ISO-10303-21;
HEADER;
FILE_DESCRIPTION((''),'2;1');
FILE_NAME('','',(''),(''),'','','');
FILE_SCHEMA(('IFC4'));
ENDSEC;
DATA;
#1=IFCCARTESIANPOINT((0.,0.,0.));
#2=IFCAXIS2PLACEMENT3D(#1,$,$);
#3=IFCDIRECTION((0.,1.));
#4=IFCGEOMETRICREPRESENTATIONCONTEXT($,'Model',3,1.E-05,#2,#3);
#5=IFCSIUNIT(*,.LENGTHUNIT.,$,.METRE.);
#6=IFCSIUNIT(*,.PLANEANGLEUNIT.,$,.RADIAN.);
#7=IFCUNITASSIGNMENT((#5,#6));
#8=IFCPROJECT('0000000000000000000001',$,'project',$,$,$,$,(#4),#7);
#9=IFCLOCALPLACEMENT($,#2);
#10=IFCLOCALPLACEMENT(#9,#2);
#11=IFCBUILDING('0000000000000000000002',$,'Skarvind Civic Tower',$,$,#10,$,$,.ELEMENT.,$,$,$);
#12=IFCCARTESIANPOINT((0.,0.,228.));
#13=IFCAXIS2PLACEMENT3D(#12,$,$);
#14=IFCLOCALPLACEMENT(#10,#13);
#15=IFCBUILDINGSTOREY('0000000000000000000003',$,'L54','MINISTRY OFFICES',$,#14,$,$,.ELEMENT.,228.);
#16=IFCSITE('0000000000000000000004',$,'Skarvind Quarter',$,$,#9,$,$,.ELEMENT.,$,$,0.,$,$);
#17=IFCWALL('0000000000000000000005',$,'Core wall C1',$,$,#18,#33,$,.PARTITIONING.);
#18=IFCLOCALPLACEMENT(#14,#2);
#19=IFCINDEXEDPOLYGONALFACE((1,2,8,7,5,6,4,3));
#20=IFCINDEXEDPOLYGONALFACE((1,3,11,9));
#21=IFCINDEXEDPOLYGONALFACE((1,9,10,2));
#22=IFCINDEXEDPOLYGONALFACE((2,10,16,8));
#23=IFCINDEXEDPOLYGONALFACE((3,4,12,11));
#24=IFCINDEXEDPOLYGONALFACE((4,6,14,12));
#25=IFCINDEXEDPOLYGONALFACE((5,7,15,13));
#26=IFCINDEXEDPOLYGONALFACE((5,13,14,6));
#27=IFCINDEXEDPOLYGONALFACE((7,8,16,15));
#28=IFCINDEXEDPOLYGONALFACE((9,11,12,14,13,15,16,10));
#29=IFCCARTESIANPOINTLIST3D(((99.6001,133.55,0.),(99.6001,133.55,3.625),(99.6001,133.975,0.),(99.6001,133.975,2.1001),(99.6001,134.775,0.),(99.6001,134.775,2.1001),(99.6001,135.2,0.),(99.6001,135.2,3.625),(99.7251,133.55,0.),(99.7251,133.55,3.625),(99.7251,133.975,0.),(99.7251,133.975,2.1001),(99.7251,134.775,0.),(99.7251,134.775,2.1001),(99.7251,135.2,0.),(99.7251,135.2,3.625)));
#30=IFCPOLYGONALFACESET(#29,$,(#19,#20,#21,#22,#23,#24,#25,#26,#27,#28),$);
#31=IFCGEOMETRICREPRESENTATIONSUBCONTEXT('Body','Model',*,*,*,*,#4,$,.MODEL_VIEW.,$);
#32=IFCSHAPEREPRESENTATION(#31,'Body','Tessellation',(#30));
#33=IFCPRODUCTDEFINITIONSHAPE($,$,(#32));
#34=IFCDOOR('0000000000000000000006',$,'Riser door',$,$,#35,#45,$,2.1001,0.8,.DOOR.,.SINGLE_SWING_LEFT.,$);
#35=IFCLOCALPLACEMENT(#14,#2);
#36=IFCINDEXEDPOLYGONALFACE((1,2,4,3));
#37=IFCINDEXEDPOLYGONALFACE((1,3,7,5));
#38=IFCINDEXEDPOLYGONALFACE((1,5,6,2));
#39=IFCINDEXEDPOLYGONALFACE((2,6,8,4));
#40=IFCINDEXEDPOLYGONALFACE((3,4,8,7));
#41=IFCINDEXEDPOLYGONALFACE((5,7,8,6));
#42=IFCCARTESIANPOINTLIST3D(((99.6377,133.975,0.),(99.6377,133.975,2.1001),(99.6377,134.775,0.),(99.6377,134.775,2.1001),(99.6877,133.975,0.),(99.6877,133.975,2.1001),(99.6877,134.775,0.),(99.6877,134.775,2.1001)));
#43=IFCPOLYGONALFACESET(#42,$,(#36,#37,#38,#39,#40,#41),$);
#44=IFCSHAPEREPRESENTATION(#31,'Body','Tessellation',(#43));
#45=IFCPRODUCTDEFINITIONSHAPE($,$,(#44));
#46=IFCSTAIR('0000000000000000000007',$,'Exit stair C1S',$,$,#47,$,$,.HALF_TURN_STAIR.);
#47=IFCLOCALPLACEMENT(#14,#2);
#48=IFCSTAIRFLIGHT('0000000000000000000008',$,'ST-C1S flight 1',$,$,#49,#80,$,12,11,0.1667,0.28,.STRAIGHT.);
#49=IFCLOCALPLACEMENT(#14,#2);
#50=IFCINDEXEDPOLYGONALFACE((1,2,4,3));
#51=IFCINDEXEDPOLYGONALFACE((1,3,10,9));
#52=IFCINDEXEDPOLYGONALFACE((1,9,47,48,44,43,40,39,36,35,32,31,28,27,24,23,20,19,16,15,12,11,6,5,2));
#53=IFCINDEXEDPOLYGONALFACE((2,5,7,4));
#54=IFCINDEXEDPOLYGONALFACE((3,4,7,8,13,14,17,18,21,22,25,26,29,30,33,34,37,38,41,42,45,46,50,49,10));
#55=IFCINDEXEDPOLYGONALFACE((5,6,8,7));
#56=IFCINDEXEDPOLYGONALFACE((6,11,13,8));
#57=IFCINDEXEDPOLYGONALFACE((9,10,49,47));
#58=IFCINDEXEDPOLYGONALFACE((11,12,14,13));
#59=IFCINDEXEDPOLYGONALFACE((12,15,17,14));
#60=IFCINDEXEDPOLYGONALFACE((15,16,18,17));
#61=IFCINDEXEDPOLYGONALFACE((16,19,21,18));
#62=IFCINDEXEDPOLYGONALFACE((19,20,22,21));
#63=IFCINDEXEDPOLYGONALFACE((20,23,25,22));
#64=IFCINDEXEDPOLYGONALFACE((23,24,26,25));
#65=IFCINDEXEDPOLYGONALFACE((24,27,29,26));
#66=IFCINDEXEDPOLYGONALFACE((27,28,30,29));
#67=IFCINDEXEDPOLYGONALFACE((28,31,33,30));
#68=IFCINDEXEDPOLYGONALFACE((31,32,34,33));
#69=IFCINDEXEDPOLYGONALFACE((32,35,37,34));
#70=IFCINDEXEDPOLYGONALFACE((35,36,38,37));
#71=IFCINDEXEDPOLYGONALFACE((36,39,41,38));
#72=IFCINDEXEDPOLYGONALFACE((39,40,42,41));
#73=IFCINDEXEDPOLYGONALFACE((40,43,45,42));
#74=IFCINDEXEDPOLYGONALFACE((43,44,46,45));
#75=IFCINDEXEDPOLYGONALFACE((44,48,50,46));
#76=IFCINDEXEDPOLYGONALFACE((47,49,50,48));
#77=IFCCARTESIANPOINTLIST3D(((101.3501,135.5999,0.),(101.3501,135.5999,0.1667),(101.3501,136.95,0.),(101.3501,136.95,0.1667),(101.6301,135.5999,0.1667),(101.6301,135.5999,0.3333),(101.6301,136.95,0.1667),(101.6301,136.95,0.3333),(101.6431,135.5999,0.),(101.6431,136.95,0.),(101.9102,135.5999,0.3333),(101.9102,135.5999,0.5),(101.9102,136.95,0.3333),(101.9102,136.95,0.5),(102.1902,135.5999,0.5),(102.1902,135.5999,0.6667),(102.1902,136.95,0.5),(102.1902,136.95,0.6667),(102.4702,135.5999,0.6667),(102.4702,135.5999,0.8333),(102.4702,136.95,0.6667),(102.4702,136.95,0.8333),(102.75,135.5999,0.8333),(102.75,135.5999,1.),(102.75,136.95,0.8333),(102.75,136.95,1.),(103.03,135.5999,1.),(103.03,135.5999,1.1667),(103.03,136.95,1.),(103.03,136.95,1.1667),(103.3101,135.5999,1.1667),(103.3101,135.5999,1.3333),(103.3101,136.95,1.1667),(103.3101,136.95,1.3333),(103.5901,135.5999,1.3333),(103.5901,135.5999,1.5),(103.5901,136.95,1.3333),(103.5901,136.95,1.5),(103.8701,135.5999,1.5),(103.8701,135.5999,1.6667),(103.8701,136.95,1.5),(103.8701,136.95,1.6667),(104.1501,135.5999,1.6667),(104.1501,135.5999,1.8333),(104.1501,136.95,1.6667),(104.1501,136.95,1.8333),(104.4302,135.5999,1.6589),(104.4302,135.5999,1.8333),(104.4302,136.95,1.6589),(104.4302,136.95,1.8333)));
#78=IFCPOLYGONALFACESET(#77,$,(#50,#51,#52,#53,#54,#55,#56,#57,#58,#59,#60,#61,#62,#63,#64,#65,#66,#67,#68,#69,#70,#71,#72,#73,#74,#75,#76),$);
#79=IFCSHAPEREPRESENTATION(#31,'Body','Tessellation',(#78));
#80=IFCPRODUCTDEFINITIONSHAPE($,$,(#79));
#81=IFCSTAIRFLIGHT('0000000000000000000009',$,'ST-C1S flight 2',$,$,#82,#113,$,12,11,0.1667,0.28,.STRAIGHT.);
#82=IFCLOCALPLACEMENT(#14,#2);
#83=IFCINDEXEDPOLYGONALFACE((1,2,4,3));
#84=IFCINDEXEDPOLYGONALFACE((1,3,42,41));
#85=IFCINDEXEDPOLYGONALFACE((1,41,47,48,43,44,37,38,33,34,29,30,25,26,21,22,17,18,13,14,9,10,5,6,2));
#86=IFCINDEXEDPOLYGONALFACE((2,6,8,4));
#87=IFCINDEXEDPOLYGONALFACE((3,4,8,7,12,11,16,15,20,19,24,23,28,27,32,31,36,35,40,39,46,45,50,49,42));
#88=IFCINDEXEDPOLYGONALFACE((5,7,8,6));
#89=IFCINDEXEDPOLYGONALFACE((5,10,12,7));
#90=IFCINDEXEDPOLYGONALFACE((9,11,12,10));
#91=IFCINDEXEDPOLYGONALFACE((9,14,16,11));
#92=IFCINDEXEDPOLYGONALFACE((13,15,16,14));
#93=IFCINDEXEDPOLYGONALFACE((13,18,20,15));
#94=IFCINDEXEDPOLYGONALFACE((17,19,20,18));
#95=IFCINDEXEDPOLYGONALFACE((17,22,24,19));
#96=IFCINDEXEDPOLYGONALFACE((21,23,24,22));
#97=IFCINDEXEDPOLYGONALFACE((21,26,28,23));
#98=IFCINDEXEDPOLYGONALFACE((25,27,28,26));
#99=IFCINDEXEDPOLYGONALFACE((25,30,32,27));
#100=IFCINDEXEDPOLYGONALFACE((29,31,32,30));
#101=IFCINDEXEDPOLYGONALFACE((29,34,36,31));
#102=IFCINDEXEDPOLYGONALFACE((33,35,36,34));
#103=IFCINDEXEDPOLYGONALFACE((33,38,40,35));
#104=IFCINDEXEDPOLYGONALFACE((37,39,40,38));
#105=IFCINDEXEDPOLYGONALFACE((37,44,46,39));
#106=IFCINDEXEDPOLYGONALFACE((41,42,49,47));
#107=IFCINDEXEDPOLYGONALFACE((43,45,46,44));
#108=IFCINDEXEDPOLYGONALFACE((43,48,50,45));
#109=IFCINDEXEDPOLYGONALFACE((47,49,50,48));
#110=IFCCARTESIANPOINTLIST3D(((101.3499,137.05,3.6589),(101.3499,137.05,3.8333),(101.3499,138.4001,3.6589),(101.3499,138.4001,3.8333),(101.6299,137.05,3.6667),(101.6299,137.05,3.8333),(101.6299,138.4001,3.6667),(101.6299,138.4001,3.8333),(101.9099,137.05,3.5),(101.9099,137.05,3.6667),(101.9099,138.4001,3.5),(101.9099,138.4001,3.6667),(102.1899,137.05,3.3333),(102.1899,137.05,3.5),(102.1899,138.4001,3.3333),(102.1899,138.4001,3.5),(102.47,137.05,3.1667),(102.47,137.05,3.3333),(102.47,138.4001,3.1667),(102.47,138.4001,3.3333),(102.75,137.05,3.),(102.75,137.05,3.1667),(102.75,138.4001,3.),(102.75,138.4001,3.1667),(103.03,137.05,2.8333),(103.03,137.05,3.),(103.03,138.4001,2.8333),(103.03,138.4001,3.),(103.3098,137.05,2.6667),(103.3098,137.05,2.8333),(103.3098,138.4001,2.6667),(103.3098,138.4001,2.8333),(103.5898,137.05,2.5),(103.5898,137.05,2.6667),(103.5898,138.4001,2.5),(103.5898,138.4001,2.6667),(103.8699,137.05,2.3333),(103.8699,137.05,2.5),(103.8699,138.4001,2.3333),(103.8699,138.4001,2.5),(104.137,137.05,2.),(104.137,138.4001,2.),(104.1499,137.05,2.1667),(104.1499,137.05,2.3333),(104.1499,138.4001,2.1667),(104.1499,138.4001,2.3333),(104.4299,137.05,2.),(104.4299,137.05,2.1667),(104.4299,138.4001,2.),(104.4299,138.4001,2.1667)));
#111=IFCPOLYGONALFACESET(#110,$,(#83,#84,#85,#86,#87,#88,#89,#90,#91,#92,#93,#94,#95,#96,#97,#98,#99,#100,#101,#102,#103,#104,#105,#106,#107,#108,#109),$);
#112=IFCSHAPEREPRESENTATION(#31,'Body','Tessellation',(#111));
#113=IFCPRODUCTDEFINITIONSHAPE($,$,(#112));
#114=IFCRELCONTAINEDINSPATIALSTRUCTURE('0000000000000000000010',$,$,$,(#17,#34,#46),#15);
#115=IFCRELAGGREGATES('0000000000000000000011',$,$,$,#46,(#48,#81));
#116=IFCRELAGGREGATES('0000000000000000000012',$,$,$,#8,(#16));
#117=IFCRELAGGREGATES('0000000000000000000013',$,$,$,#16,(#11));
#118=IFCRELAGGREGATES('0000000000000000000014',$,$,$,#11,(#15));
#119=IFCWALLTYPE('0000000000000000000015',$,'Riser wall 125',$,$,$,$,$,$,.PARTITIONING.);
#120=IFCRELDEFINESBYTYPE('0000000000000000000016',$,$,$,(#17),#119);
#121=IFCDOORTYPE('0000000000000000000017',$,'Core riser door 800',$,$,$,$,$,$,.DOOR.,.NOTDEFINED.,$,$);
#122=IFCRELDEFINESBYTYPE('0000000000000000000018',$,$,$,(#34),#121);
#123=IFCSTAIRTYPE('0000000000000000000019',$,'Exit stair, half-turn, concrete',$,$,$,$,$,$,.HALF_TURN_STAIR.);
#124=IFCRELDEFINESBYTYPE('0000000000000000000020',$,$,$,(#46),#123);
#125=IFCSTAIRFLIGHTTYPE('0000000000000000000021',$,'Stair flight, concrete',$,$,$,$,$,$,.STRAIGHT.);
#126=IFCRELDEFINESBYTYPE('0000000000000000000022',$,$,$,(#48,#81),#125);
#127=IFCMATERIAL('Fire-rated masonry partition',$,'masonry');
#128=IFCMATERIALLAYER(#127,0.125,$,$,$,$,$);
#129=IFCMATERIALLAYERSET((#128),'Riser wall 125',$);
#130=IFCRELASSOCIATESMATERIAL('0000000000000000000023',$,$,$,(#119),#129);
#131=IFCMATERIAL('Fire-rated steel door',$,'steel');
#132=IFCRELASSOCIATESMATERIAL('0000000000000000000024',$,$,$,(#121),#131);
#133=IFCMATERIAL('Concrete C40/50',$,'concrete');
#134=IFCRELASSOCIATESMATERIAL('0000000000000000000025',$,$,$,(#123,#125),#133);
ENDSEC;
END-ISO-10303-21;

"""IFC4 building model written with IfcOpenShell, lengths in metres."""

from ifc_helpers import new_model, si_unit, direction, frame, frame_2d, origin, place, context, subcontext, project, spatial, polyline, rectangle, outline, extrude, material, layer, layer_set, type_object, element, fill, aggregate, save


model = new_model("IFC4")

# Units and contexts
model_context = context("Model", 3, precision=1e-05, world=origin(), true_north=direction((0.0, 1.0)))
body_context = subcontext(model_context, "Body", "Model", "MODEL_VIEW")
ifc_project = project(units=[si_unit("LENGTHUNIT", "METRE"), si_unit("PLANEANGLEUNIT", "RADIAN")], contexts=[model_context])

# Site, building, storey
site_placement = place(None, origin())
site = spatial("IfcSite", under=ifc_project, at=site_placement, Name="Skarvind Quarter", CompositionType="ELEMENT", RefElevation=0.0)
building_placement = place(site_placement, origin())
building = spatial("IfcBuilding", under=site, at=building_placement, Name="Skarvind Civic Tower", CompositionType="ELEMENT")
storey_placement = place(building_placement, frame((0.0, 0.0, 228.0)))
storey = spatial("IfcBuildingStorey", under=building, at=storey_placement, Name="L54", Description="MINISTRY OFFICES", CompositionType="ELEMENT", Elevation=228.0)

# Shared definitions
ifc_material_1 = material(Name="Fire-rated steel door", Category="steel")

# Wall, opening, door
ifc_material_2 = material(Name="Fire-rated masonry partition", Category="masonry")
ifc_layer_1 = layer(ifc_material_2, 0.125)
ifc_layer_set_1 = layer_set([ifc_layer_1], Name="Riser wall 125")
wall_type_1 = type_object("IfcWallType", Name="Riser wall 125", PredefinedType="PARTITIONING", material=ifc_layer_set_1)
wall_1_placement = place(storey_placement, frame((99.6626, 133.55, 0.0), z_axis=(0.0, 0.0, 1.0), x_axis=(0.0, 1.0, 0.0)))
wall_1 = element("IfcWall", 1, at=wall_1_placement, inside=storey, type_object=wall_type_1, Name="Core wall C1", PredefinedType="PARTITIONING", context=body_context, shape_type="SweptSolid", body=[
    extrude(rectangle(XDim=1.6499, YDim=0.125, at=frame_2d((0.825, 0.0))), origin(), (0.0, 0.0, 1.0), 3.625),
])
opening_1_placement = place(wall_1_placement, frame((0.425, 0.0, 0.0)))
opening_1 = element("IfcOpeningElement", 2, at=opening_1_placement, cuts=wall_1, PredefinedType="OPENING", context=body_context, shape_type="SweptSolid", body=[
    extrude(rectangle(XDim=0.8, YDim=2.1001, at=frame_2d((0.3999, 1.05))), frame((0.0, 0.0725, 0.0), z_axis=(0.0, -1.0, 0.0), x_axis=(1.0, 0.0, 0.0)), (0.0, 0.0, 1.0), 0.145),
])
door_type_1 = type_object("IfcDoorType", Name="Core riser door 800", OperationType="NOTDEFINED", PredefinedType="DOOR", material=ifc_material_1)
door_1_placement = place(opening_1_placement, origin())
door_1 = element("IfcDoor", 3, at=door_1_placement, inside=storey, type_object=door_type_1, Name="Riser door", OperationType="SINGLE_SWING_LEFT", OverallHeight=2.1001, OverallWidth=0.8, PredefinedType="DOOR", context=body_context, shape_type="SweptSolid", body=[
    extrude(rectangle(XDim=0.8, YDim=2.1001, at=frame_2d((0.3999, 1.05))), frame((0.0, 0.0249, 0.0), z_axis=(0.0, -1.0, 0.0), x_axis=(1.0, 0.0, 0.0)), (0.0, 0.0, 1.0), 0.05),
])
fill(opening_1, door_1)

# Stair, stair flights
ifc_material_3 = material(Name="Concrete C40/50", Category="concrete")
stair_type = type_object("IfcStairType", Name="Exit stair, half-turn, concrete", PredefinedType="HALF_TURN_STAIR", material=ifc_material_3)
stair_placement = place(storey_placement, origin())
stair = element("IfcStair", 4, at=stair_placement, inside=storey, type_object=stair_type, Name="Exit stair C1S", PredefinedType="HALF_TURN_STAIR")
stair_flight_type = type_object("IfcStairFlightType", Name="Stair flight, concrete", PredefinedType="STRAIGHT", material=ifc_material_3)
stair_flight_1_placement = place(storey_placement, frame((101.3501, 136.2749, 0.0), z_axis=(0.0, 0.0, 1.0), x_axis=(1.0, 0.0, 0.0)))
stair_flight_1 = element("IfcStairFlight", 5, at=stair_flight_1_placement, type_object=stair_flight_type, Name="ST-C1S flight 1", NumberOfRisers=12, NumberOfTreads=11, PredefinedType="STRAIGHT", RiserHeight=0.1667, TreadLength=0.28, context=body_context, shape_type="SweptSolid", body=[
    extrude(outline(polyline([(0.0, 0.0), (0.0, 0.1667), (0.28, 0.1667), (0.28, 0.3333), (0.5601, 0.3333), (0.5601, 0.5), (0.8401, 0.5), (0.8401, 0.6667), (1.1201, 0.6667), (1.1201, 0.8333), (1.3999, 0.8333), (1.3999, 1.0), (1.6799, 1.0), (1.6799, 1.1667), (1.96, 1.1667), (1.96, 1.3333), (2.24, 1.3333), (2.24, 1.5), (2.52, 1.5), (2.52, 1.6667), (2.8, 1.6667), (2.8, 1.8333), (3.0801, 1.8333), (3.0801, 2.0), (3.0801, 1.6589), (0.293, 0.0), (0.0, 0.0)])), frame((0.0, 0.675, 0.0), z_axis=(0.0, -1.0, 0.0), x_axis=(1.0, 0.0, 0.0)), (0.0, 0.0, 1.0), 1.3501),
])
stair_flight_2_placement = place(storey_placement, frame((104.4299, 137.7251, 2.0), z_axis=(0.0, 0.0, 1.0), x_axis=(-1.0, 0.0, 0.0)))
stair_flight_2 = element("IfcStairFlight", 6, at=stair_flight_2_placement, type_object=stair_flight_type, Name="ST-C1S flight 2", NumberOfRisers=12, NumberOfTreads=11, PredefinedType="STRAIGHT", RiserHeight=0.1667, TreadLength=0.28, context=body_context, shape_type="SweptSolid", body=[
    extrude(outline(polyline([(0.0, 0.0), (0.0, 0.1667), (0.28, 0.1667), (0.28, 0.3333), (0.5601, 0.3333), (0.5601, 0.5), (0.8401, 0.5), (0.8401, 0.6667), (1.1201, 0.6667), (1.1201, 0.8333), (1.3999, 0.8333), (1.3999, 1.0), (1.6799, 1.0), (1.6799, 1.1667), (1.96, 1.1667), (1.96, 1.3333), (2.24, 1.3333), (2.24, 1.5), (2.52, 1.5), (2.52, 1.6667), (2.8, 1.6667), (2.8, 1.8333), (3.0801, 1.8333), (3.0801, 2.0), (3.0801, 1.6589), (0.293, 0.0), (0.0, 0.0)])), frame((0.0, 0.675, 0.0), z_axis=(0.0, -1.0, 0.0), x_axis=(1.0, 0.0, 0.0)), (0.0, 0.0, 1.0), 1.3501),
])
aggregate(stair, [stair_flight_1, stair_flight_2])

save(model, "model.ifc")
